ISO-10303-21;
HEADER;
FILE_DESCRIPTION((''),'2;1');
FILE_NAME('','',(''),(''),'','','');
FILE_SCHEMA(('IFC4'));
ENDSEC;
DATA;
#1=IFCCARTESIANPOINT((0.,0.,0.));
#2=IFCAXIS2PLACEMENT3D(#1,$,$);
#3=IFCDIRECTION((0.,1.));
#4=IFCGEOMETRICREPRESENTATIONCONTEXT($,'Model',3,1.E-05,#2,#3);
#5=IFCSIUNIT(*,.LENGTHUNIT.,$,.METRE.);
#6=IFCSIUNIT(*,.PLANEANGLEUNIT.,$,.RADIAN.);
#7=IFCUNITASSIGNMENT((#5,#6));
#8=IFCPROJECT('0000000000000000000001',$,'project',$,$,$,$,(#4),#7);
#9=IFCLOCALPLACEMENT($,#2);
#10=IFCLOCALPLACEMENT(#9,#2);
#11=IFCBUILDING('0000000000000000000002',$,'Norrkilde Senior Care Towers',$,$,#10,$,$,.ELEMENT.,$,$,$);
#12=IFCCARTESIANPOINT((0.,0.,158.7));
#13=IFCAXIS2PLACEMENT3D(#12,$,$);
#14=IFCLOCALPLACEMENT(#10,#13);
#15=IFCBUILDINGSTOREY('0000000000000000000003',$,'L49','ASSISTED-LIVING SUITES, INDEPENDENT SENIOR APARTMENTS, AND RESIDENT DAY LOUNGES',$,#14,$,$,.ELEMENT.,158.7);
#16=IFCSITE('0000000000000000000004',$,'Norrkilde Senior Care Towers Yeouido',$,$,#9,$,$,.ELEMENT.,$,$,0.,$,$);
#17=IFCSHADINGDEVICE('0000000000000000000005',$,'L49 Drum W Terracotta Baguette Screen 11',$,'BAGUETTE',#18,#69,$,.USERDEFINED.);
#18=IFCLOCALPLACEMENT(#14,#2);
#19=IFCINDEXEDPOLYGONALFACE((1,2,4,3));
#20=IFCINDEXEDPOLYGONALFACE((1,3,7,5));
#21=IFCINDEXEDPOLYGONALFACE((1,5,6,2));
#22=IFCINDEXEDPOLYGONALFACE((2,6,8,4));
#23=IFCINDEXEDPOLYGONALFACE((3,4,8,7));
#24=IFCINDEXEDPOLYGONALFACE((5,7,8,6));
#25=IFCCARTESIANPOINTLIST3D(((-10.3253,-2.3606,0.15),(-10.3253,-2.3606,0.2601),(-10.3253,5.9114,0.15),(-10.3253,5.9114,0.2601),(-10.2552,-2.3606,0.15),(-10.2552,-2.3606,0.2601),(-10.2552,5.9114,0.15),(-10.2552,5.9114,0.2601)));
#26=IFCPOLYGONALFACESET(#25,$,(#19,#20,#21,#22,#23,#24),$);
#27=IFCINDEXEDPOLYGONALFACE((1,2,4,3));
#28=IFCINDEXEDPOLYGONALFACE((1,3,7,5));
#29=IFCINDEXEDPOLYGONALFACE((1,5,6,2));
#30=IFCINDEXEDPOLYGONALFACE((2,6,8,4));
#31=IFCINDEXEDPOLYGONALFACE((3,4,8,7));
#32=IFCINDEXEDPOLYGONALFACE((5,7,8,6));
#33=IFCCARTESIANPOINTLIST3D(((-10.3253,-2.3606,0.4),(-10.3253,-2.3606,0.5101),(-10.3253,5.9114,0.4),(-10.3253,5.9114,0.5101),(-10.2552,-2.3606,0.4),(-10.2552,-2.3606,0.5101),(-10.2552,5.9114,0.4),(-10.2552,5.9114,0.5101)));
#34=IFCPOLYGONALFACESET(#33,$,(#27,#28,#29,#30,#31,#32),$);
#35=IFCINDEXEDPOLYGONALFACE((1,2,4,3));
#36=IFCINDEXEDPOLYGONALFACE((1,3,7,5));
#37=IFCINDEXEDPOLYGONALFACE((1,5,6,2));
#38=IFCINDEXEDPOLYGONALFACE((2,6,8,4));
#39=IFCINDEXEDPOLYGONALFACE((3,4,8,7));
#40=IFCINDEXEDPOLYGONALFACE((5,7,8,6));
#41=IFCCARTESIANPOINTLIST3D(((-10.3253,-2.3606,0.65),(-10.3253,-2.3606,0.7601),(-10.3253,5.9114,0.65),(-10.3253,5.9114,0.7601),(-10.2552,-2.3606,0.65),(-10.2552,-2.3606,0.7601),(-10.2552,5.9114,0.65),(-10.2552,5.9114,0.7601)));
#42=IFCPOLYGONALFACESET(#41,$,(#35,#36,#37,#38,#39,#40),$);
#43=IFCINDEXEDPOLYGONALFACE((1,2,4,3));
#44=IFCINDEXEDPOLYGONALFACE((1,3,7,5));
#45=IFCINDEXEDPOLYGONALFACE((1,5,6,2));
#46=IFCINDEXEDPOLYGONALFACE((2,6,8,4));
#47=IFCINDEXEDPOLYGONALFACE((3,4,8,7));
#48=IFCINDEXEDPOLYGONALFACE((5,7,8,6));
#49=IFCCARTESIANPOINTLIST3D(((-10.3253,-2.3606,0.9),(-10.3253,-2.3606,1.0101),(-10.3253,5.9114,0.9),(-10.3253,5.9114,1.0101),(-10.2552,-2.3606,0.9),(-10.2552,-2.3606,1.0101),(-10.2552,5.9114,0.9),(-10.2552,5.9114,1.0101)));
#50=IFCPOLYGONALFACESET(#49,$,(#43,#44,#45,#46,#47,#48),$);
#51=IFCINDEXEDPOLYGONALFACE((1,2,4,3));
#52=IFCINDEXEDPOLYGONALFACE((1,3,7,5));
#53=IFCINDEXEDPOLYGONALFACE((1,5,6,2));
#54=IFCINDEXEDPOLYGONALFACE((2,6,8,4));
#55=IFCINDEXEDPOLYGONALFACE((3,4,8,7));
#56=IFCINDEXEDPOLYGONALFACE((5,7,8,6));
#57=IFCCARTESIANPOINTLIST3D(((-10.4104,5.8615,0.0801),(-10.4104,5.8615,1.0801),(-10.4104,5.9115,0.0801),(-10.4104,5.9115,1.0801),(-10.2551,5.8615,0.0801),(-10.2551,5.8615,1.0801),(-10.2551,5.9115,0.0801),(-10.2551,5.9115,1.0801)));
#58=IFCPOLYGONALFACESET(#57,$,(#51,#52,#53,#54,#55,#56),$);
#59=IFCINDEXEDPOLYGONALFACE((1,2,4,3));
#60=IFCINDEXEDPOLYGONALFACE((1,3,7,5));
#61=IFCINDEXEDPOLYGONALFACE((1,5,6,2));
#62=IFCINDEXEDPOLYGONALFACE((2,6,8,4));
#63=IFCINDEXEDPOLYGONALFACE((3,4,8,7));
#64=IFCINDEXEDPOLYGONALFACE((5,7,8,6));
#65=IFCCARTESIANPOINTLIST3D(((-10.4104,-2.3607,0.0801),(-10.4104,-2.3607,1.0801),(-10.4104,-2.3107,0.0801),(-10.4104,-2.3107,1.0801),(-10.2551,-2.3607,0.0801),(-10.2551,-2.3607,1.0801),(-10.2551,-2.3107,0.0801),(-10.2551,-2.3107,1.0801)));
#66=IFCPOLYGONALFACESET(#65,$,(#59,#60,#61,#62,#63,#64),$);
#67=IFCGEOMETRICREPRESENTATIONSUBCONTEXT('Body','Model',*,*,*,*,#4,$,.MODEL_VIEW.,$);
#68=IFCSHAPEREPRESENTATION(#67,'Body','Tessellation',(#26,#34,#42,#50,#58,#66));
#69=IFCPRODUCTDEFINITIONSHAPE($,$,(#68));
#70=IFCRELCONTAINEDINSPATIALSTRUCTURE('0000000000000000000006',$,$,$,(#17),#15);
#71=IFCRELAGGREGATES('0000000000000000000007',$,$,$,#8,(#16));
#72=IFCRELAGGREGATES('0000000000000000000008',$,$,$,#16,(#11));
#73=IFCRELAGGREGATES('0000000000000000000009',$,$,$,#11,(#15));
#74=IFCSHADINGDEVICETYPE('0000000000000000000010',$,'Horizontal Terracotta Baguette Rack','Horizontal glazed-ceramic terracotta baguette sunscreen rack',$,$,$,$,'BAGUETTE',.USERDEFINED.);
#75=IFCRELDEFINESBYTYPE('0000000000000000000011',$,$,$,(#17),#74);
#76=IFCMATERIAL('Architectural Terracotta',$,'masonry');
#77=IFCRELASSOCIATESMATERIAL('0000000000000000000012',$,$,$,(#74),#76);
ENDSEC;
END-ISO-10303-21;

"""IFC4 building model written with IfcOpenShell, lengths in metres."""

from ifc_helpers import new_model, si_unit, direction, frame, origin, origin_2d, place, context, subcontext, project, spatial, rectangle, extrude, source, transform, mapped, material, type_object, type_shapes, element, save


model = new_model("IFC4")

# Units and contexts
model_context = context("Model", 3, precision=1e-05, world=origin(), true_north=direction((0.0, 1.0)))
body_context = subcontext(model_context, "Body", "Model", "MODEL_VIEW")
ifc_project = project(units=[si_unit("LENGTHUNIT", "METRE"), si_unit("PLANEANGLEUNIT", "RADIAN")], contexts=[model_context])

# Site, building, storey
site_placement = place(None, origin())
site = spatial("IfcSite", under=ifc_project, at=site_placement, Name="Norrkilde Senior Care Towers Yeouido", CompositionType="ELEMENT", RefElevation=0.0)
building_placement = place(site_placement, origin())
building = spatial("IfcBuilding", under=site, at=building_placement, Name="Norrkilde Senior Care Towers", CompositionType="ELEMENT")
storey_placement = place(building_placement, frame((0.0, 0.0, 158.7)))
storey = spatial("IfcBuildingStorey", under=building, at=storey_placement, Name="L49", Description="ASSISTED-LIVING SUITES, INDEPENDENT SENIOR APARTMENTS, AND RESIDENT DAY LOUNGES", CompositionType="ELEMENT", Elevation=158.7)

# Shading device
ifc_material_1 = material(Name="Architectural Terracotta", Category="masonry")
shading_device_type = type_object("IfcShadingDeviceType", Name="Horizontal Terracotta Baguette Rack", Description="Horizontal glazed-ceramic terracotta baguette sunscreen rack", ElementType="BAGUETTE", PredefinedType="USERDEFINED", material=ifc_material_1)
shared_shape_1 = source(origin(), body_context, "Body", "SweptSolid", [
    extrude(rectangle(XDim=0.0701, YDim=0.1101, at=origin_2d()), frame((0.0, 0.0901, 0.125), z_axis=(1.0, 0.0, 0.0), x_axis=(0.0, 1.0, 0.0)), (0.0, 0.0, 1.0), 8.272),
    extrude(rectangle(XDim=0.0701, YDim=0.1101, at=origin_2d()), frame((0.0, 0.0901, 0.375), z_axis=(1.0, 0.0, 0.0), x_axis=(0.0, 1.0, 0.0)), (0.0, 0.0, 1.0), 8.272),
    extrude(rectangle(XDim=0.0701, YDim=0.1101, at=origin_2d()), frame((0.0, 0.0901, 0.625), z_axis=(1.0, 0.0, 0.0), x_axis=(0.0, 1.0, 0.0)), (0.0, 0.0, 1.0), 8.272),
    extrude(rectangle(XDim=0.0701, YDim=0.1101, at=origin_2d()), frame((0.0, 0.0901, 0.875), z_axis=(1.0, 0.0, 0.0), x_axis=(0.0, 1.0, 0.0)), (0.0, 0.0, 1.0), 8.272),
    extrude(rectangle(XDim=0.05, YDim=0.1553, at=origin_2d()), frame((0.0249, 0.0476, 0.0)), (0.0, 0.0, 1.0), 1.0),
    extrude(rectangle(XDim=0.05, YDim=0.1553, at=origin_2d()), frame((8.2471, 0.0476, 0.0)), (0.0, 0.0, 1.0), 1.0),
])
type_shapes(shading_device_type, [shared_shape_1])
shading_device_placement = place(storey_placement, frame((-10.3804, 5.9114, 0.0801), z_axis=(0.0, 0.0, 1.0), x_axis=(0.0, -1.0, 0.0)))
element("IfcShadingDevice", 1, at=shading_device_placement, inside=storey, type_object=shading_device_type, Name="L49 Drum W Terracotta Baguette Screen 11", ObjectType="BAGUETTE", PredefinedType="USERDEFINED", context=body_context, shape_type="MappedRepresentation", body=[
    mapped(shared_shape_1, transform((0.0, 0.0, 0.0), x_axis=(1.0, 0.0, 0.0), y_axis=(0.0, 1.0, 0.0), z_axis=(0.0, 0.0, 1.0), scale=1.0)),
])

save(model, "model.ifc")
